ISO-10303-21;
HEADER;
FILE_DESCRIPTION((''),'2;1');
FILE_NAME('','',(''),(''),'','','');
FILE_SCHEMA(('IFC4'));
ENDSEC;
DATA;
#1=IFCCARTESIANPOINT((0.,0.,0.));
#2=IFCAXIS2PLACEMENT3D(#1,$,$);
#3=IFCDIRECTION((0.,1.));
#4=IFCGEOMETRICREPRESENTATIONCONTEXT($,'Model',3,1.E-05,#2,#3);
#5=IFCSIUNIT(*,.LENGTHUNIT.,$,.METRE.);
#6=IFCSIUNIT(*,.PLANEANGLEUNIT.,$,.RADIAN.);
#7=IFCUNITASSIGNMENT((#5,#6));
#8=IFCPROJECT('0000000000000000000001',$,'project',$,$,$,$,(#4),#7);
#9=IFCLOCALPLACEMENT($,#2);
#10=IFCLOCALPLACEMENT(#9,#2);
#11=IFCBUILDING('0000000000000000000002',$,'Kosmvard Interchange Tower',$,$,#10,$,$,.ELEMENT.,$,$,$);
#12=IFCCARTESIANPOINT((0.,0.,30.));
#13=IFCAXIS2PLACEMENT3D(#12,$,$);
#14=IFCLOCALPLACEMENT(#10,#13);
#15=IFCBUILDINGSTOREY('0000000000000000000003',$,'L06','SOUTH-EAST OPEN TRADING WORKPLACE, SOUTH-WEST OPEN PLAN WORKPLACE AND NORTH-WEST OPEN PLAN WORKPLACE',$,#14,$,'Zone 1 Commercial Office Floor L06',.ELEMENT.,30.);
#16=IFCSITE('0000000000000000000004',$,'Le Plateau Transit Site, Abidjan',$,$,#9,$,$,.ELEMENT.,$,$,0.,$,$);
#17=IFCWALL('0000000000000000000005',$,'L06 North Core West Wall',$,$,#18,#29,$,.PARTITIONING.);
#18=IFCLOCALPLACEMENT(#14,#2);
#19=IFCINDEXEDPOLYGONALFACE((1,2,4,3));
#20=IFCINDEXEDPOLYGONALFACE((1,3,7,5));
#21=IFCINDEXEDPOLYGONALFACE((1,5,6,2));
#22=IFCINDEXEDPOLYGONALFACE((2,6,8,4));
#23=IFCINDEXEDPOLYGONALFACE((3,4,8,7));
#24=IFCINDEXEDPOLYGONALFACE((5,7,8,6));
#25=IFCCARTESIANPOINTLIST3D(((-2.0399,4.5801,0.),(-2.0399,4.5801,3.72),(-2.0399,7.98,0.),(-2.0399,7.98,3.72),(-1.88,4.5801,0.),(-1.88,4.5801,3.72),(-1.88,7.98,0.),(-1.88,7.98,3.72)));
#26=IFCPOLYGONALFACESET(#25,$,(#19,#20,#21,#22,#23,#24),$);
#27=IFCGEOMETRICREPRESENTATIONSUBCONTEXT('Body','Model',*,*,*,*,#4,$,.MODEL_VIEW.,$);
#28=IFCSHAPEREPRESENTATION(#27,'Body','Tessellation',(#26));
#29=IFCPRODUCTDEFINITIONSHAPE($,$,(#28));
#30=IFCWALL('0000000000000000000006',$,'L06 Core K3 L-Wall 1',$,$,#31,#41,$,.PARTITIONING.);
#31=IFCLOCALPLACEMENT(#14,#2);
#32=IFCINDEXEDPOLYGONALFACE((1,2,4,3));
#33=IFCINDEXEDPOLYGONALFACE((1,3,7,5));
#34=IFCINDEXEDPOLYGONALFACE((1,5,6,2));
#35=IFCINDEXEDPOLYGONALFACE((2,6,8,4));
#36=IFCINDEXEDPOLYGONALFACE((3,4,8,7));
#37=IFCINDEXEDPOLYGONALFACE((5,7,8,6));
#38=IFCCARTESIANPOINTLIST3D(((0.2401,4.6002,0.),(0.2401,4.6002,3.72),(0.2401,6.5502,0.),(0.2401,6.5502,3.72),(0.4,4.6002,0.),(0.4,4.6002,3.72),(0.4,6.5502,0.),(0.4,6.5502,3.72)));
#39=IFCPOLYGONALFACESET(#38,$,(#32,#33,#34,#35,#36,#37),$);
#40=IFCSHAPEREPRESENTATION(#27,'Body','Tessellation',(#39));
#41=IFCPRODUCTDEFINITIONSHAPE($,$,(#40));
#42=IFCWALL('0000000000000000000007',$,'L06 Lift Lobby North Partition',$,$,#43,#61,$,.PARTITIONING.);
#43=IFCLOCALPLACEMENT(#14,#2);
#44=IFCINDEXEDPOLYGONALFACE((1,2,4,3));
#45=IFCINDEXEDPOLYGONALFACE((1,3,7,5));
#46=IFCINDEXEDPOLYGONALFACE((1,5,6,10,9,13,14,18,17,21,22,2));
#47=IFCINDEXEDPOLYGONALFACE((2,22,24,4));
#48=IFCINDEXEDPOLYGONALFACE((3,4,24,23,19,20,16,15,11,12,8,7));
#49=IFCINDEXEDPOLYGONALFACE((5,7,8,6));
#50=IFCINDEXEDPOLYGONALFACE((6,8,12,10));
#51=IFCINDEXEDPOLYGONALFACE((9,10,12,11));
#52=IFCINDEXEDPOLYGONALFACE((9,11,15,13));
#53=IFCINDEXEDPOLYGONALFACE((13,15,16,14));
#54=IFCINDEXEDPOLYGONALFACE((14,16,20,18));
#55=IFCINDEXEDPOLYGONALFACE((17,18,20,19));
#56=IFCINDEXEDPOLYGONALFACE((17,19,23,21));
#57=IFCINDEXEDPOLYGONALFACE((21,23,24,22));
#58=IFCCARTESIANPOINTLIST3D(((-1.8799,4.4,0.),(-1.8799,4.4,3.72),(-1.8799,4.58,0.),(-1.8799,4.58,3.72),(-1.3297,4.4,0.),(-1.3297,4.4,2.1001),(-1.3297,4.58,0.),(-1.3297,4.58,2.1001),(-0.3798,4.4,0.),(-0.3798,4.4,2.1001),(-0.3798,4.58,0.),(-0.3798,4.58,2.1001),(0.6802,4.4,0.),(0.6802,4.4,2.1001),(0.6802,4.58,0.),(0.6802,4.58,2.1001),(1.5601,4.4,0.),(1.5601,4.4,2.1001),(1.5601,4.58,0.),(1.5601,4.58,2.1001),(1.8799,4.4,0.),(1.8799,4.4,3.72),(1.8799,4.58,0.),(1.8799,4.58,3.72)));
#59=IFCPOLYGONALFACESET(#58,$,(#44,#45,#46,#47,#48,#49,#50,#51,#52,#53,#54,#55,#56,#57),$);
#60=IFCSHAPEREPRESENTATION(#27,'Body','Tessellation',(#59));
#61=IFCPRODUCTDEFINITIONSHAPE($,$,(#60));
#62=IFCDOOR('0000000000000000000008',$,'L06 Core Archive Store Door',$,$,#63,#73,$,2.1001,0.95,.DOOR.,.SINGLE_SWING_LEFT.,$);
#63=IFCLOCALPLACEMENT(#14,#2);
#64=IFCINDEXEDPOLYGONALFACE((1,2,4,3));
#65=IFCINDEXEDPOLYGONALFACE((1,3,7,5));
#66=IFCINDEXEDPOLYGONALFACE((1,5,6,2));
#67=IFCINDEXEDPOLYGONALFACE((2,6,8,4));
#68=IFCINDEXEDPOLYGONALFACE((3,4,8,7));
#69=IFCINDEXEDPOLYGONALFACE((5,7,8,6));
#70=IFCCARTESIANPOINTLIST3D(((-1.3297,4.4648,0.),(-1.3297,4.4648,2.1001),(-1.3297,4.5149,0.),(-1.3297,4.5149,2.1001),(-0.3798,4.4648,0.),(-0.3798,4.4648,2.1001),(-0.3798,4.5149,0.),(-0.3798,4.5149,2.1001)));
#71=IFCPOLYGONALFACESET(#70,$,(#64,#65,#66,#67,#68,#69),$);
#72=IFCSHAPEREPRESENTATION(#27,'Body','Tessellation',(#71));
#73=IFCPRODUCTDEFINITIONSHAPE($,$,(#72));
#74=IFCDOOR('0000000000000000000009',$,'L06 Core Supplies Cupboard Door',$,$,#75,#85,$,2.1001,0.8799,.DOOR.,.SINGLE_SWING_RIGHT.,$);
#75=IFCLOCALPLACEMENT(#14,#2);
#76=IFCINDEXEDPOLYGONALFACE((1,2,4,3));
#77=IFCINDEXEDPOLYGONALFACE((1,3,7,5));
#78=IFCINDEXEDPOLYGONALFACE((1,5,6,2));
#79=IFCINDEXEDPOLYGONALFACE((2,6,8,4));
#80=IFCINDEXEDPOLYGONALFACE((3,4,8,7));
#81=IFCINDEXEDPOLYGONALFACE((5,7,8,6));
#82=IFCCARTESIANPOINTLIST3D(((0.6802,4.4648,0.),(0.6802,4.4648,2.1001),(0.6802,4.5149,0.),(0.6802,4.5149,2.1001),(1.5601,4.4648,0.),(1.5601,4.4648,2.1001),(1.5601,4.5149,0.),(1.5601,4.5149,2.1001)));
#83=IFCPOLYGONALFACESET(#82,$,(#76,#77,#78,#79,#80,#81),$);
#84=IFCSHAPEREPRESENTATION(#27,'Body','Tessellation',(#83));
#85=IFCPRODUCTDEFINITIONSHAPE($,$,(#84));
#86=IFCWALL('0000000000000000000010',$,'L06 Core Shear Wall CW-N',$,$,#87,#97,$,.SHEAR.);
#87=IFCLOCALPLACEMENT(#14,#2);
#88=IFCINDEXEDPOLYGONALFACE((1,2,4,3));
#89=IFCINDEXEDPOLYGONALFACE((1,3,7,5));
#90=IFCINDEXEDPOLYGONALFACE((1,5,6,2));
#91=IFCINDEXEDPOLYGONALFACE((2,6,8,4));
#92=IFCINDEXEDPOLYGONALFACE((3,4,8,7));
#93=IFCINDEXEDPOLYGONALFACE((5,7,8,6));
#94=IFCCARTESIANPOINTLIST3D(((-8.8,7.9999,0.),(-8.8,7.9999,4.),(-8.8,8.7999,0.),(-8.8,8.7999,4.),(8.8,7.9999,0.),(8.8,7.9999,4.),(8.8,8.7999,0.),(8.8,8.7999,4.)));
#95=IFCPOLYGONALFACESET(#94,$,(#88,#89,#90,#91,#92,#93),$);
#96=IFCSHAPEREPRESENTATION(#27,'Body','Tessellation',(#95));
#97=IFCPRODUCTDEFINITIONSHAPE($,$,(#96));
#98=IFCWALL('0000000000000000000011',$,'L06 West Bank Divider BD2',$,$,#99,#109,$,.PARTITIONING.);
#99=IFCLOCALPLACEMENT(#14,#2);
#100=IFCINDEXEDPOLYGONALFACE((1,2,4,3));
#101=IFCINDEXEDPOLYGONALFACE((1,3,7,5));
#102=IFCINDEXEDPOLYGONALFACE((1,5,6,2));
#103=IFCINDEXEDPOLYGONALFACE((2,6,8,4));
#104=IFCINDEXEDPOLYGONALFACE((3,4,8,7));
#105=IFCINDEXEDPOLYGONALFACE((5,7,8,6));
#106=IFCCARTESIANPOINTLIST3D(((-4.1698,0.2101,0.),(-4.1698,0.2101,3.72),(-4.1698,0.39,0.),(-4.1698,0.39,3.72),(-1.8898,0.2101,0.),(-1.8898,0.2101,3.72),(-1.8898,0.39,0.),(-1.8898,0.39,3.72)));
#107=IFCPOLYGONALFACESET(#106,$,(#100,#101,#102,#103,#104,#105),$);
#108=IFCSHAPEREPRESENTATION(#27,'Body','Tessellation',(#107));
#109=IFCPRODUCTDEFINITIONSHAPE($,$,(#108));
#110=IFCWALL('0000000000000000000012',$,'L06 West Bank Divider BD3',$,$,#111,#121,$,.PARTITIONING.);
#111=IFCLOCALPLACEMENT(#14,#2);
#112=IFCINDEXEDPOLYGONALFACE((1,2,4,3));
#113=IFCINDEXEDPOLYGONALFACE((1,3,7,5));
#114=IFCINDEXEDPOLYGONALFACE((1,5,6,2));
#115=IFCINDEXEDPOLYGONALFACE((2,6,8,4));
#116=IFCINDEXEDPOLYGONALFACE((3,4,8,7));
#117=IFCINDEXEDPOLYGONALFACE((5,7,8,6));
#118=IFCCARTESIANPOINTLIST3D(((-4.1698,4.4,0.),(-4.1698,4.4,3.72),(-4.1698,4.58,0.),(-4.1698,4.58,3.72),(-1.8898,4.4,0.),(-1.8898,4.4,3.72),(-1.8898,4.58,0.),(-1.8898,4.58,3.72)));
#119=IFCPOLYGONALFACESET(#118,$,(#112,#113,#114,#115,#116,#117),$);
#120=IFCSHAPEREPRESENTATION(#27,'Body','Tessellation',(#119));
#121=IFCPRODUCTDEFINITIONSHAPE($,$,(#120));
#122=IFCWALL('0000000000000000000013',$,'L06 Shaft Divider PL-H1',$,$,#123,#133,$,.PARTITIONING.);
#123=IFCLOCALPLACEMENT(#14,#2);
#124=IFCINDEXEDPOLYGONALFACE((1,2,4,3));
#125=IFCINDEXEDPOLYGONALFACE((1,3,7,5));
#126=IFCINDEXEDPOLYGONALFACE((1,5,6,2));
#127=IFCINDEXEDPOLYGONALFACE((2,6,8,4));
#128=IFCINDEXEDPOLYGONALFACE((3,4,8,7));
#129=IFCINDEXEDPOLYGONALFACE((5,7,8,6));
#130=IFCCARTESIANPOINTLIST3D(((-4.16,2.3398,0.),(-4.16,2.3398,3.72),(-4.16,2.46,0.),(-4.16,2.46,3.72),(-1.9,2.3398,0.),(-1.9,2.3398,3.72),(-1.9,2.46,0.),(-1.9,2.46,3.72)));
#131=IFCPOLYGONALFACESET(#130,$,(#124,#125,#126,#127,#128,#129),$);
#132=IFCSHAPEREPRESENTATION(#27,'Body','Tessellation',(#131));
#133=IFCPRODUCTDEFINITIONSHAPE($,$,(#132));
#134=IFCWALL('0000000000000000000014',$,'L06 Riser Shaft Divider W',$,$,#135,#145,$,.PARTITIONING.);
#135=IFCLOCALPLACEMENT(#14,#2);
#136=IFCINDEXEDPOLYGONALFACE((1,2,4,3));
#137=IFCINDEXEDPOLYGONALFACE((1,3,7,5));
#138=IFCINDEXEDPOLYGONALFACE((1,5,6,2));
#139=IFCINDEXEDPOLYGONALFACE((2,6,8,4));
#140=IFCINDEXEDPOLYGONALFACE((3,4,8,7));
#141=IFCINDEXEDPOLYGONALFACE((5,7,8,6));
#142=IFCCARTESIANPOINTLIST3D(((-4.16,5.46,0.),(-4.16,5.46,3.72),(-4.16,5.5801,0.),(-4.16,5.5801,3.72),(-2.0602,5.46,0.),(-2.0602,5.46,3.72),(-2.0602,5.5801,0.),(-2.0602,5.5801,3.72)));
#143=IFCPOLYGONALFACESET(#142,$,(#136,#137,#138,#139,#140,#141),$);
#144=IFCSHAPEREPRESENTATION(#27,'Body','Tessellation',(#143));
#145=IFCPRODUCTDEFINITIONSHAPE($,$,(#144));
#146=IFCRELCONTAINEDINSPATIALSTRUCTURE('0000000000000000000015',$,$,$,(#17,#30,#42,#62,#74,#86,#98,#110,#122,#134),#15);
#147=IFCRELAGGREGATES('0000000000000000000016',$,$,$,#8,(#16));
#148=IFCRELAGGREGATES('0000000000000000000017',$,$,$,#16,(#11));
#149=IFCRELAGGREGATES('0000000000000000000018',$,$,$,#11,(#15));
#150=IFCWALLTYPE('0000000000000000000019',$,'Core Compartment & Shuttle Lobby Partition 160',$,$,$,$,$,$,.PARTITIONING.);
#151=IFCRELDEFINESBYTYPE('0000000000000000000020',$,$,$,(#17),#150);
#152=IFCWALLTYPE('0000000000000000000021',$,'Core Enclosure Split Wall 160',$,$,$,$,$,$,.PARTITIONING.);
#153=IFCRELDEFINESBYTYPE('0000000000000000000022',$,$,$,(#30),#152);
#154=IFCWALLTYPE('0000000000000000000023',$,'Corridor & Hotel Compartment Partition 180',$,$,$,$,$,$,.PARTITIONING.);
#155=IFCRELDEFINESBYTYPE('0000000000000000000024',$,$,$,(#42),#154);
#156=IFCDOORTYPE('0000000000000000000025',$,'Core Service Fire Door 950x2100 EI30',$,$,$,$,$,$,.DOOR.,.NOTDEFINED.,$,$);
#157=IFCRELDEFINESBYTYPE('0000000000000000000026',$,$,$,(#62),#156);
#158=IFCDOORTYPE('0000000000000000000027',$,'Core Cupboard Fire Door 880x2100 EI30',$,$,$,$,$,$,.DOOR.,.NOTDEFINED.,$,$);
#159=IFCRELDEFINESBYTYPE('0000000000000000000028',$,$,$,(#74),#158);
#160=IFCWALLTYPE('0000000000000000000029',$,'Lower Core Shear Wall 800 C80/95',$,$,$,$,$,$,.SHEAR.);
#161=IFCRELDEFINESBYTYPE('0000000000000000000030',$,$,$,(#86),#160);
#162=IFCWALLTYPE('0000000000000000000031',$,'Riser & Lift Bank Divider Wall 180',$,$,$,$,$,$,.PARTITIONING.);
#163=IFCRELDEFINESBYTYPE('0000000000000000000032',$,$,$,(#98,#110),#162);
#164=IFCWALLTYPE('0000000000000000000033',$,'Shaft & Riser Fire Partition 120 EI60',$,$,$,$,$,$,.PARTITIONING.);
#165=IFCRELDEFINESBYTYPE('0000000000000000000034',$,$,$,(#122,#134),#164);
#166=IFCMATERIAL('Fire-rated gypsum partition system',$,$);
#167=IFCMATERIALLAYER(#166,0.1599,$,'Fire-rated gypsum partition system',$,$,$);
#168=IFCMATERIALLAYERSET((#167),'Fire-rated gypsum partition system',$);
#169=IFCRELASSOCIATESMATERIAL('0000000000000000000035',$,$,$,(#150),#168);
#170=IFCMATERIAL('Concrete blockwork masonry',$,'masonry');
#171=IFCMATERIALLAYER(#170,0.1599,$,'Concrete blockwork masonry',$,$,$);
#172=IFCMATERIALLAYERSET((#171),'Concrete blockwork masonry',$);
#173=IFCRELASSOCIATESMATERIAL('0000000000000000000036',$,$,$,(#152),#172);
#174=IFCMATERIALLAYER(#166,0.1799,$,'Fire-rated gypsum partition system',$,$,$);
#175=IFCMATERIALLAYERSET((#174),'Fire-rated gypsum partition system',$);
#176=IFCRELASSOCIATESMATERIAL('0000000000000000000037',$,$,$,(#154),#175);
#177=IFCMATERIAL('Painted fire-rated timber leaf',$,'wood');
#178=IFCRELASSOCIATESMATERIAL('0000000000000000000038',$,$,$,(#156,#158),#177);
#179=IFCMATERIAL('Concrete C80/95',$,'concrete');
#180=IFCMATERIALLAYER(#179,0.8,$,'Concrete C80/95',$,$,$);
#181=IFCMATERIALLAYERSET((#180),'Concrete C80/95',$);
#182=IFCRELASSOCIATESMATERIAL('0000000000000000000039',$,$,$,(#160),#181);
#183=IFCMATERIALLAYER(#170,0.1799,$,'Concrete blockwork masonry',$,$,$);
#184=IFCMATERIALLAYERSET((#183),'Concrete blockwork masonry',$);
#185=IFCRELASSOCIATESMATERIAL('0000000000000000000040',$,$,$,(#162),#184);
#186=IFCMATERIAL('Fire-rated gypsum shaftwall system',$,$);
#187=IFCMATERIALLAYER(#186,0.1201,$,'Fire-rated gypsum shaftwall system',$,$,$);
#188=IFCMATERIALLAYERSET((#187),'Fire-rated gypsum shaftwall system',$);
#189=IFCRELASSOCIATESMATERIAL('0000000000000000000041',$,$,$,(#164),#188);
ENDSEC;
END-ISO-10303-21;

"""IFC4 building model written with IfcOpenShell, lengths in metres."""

from ifc_helpers import new_model, si_unit, direction, frame, frame_2d, origin, place, context, subcontext, project, spatial, rectangle, extrude, source, transform, mapped, material, layer, layer_set, type_object, element, fill, save


model = new_model("IFC4")

# Units and contexts
model_context = context("Model", 3, precision=1e-05, world=origin(), true_north=direction((0.0, 1.0)))
body_context = subcontext(model_context, "Body", "Model", "MODEL_VIEW")
ifc_project = project(units=[si_unit("LENGTHUNIT", "METRE"), si_unit("PLANEANGLEUNIT", "RADIAN")], contexts=[model_context])

# Site, building, storey
site_placement = place(None, origin())
site = spatial("IfcSite", under=ifc_project, at=site_placement, Name="Le Plateau Transit Site, Abidjan", CompositionType="ELEMENT", RefElevation=0.0)
building_placement = place(site_placement, origin())
building = spatial("IfcBuilding", under=site, at=building_placement, Name="Kosmvard Interchange Tower", CompositionType="ELEMENT")
storey_placement = place(building_placement, frame((0.0, 0.0, 30.0)))
storey = spatial("IfcBuildingStorey", under=building, at=storey_placement, Name="L06", Description="SOUTH-EAST OPEN TRADING WORKPLACE, SOUTH-WEST OPEN PLAN WORKPLACE AND NORTH-WEST OPEN PLAN WORKPLACE", LongName="Zone 1 Commercial Office Floor L06", CompositionType="ELEMENT", Elevation=30.0)

# Shared definitions
ifc_material_1 = material(Name="Concrete C80/95", Category="concrete")

# Walls
ifc_material_2 = material(Name="Fire-rated gypsum partition system")
ifc_layer_1 = layer(ifc_material_2, 0.1599, Name="Fire-rated gypsum partition system")
ifc_layer_set_1 = layer_set([ifc_layer_1], Name="Fire-rated gypsum partition system")
wall_type_1 = type_object("IfcWallType", Name="Core Compartment & Shuttle Lobby Partition 160", PredefinedType="PARTITIONING", material=ifc_layer_set_1)
wall_1_placement = place(storey_placement, frame((-1.96, 4.5801, 0.0), z_axis=(0.0, 0.0, 1.0), x_axis=(0.0, 1.0, 0.0)))
element("IfcWall", 1, at=wall_1_placement, inside=storey, type_object=wall_type_1, Name="L06 North Core West Wall", PredefinedType="PARTITIONING", context=body_context, shape_type="SweptSolid", body=[
    extrude(rectangle(XDim=3.3999, YDim=0.1599, at=frame_2d((1.7, 0.0))), origin(), (0.0, 0.0, 1.0), 3.72),
])
ifc_material_3 = material(Name="Concrete blockwork masonry", Category="masonry")
ifc_layer_2 = layer(ifc_material_3, 0.1599, Name="Concrete blockwork masonry")
ifc_layer_set_2 = layer_set([ifc_layer_2], Name="Concrete blockwork masonry")
wall_type_2 = type_object("IfcWallType", Name="Core Enclosure Split Wall 160", PredefinedType="PARTITIONING", material=ifc_layer_set_2)
wall_2_placement = place(storey_placement, frame((0.3201, 4.6001, 0.0), z_axis=(0.0, 0.0, 1.0), x_axis=(0.0, 1.0, 0.0)))
element("IfcWall", 2, at=wall_2_placement, inside=storey, type_object=wall_type_2, Name="L06 Core K3 L-Wall 1", PredefinedType="PARTITIONING", context=body_context, shape_type="SweptSolid", body=[
    extrude(rectangle(XDim=1.95, YDim=0.1599, at=frame_2d((0.9751, 0.0))), origin(), (0.0, 0.0, 1.0), 3.72),
])

# Wall, openings, doors
ifc_layer_3 = layer(ifc_material_2, 0.1799, Name="Fire-rated gypsum partition system")
ifc_layer_set_3 = layer_set([ifc_layer_3], Name="Fire-rated gypsum partition system")
wall_type_3 = type_object("IfcWallType", Name="Corridor & Hotel Compartment Partition 180", PredefinedType="PARTITIONING", material=ifc_layer_set_3)
wall_3_placement = place(storey_placement, frame((-1.8799, 4.49, 0.0), z_axis=(0.0, 0.0, 1.0), x_axis=(1.0, 0.0, 0.0)))
wall_3 = element("IfcWall", 3, at=wall_3_placement, inside=storey, type_object=wall_type_3, Name="L06 Lift Lobby North Partition", PredefinedType="PARTITIONING", context=body_context, shape_type="SweptSolid", body=[
    extrude(rectangle(XDim=3.7598, YDim=0.1799, at=frame_2d((1.8799, 0.0))), origin(), (0.0, 0.0, 1.0), 3.72),
])
opening_1_placement = place(wall_3_placement, frame((0.55, 0.0, 0.0)))
opening_1 = element("IfcOpeningElement", 4, at=opening_1_placement, cuts=wall_3, PredefinedType="OPENING", context=body_context, shape_type="SweptSolid", body=[
    extrude(rectangle(XDim=0.95, YDim=2.1001, at=frame_2d((0.4751, 1.05))), frame((0.0, 0.1001, 0.0), z_axis=(0.0, -1.0, 0.0), x_axis=(1.0, 0.0, 0.0)), (0.0, 0.0, 1.0), 0.2),
])
opening_2_placement = place(wall_3_placement, frame((2.5601, 0.0, 0.0)))
opening_2 = element("IfcOpeningElement", 5, at=opening_2_placement, cuts=wall_3, PredefinedType="OPENING", context=body_context, shape_type="SweptSolid", body=[
    extrude(rectangle(XDim=0.8799, YDim=2.1001, at=frame_2d((0.4399, 1.05))), frame((0.0, 0.1001, 0.0), z_axis=(0.0, -1.0, 0.0), x_axis=(1.0, 0.0, 0.0)), (0.0, 0.0, 1.0), 0.2),
])
ifc_material_4 = material(Name="Painted fire-rated timber leaf", Category="wood")
door_type_1 = type_object("IfcDoorType", Name="Core Service Fire Door 950x2100 EI30", OperationType="NOTDEFINED", PredefinedType="DOOR", material=ifc_material_4)
shared_shape_1 = source(origin(), body_context, "Body", "SweptSolid", [
    extrude(rectangle(XDim=0.95, YDim=2.1001, at=frame_2d((0.4751, 1.05))), frame((0.0, 0.0249, 0.0), z_axis=(0.0, -1.0, 0.0), x_axis=(1.0, 0.0, 0.0)), (0.0, 0.0, 1.0), 0.05),
])
door_1_placement = place(opening_1_placement, origin())
door_1 = element("IfcDoor", 6, at=door_1_placement, inside=storey, type_object=door_type_1, Name="L06 Core Archive Store Door", OperationType="SINGLE_SWING_LEFT", OverallHeight=2.1001, OverallWidth=0.95, PredefinedType="DOOR", context=body_context, shape_type="MappedRepresentation", body=[
    mapped(shared_shape_1, transform((0.0, 0.0, 0.0), scale=1.0)),
])
fill(opening_1, door_1)
door_type_2 = type_object("IfcDoorType", Name="Core Cupboard Fire Door 880x2100 EI30", OperationType="NOTDEFINED", PredefinedType="DOOR", material=ifc_material_4)
shared_shape_2 = source(origin(), body_context, "Body", "SweptSolid", [
    extrude(rectangle(XDim=0.8799, YDim=2.1001, at=frame_2d((0.4399, 1.05))), frame((0.0, 0.0249, 0.0), z_axis=(0.0, -1.0, 0.0), x_axis=(1.0, 0.0, 0.0)), (0.0, 0.0, 1.0), 0.05),
])
door_2_placement = place(opening_2_placement, origin())
door_2 = element("IfcDoor", 7, at=door_2_placement, inside=storey, type_object=door_type_2, Name="L06 Core Supplies Cupboard Door", OperationType="SINGLE_SWING_RIGHT", OverallHeight=2.1001, OverallWidth=0.8799, PredefinedType="DOOR", context=body_context, shape_type="MappedRepresentation", body=[
    mapped(shared_shape_2, transform((0.0, 0.0, 0.0), scale=1.0)),
])
fill(opening_2, door_2)

# Walls
ifc_layer_4 = layer(ifc_material_1, 0.8, Name="Concrete C80/95")
ifc_layer_set_4 = layer_set([ifc_layer_4], Name="Concrete C80/95")
wall_type_4 = type_object("IfcWallType", Name="Lower Core Shear Wall 800 C80/95", PredefinedType="SHEAR", material=ifc_layer_set_4)
wall_4_placement = place(storey_placement, frame((-8.8, 8.3999, 0.0), z_axis=(0.0, 0.0, 1.0), x_axis=(1.0, 0.0, 0.0)))
element("IfcWall", 8, at=wall_4_placement, inside=storey, type_object=wall_type_4, Name="L06 Core Shear Wall CW-N", PredefinedType="SHEAR", context=body_context, shape_type="SweptSolid", body=[
    extrude(rectangle(XDim=17.6001, YDim=0.8, at=frame_2d((8.8, 0.0))), origin(), (0.0, 0.0, 1.0), 4.0),
])
ifc_layer_5 = layer(ifc_material_3, 0.1799, Name="Concrete blockwork masonry")
ifc_layer_set_5 = layer_set([ifc_layer_5], Name="Concrete blockwork masonry")
wall_type_5 = type_object("IfcWallType", Name="Riser & Lift Bank Divider Wall 180", PredefinedType="PARTITIONING", material=ifc_layer_set_5)
for number, where, z_axis, x_axis, name in (
    (9, (-4.1699, 0.3, 0.0), (0.0, 0.0, 1.0), (1.0, 0.0, 0.0), "L06 West Bank Divider BD2"),
    (10, (-4.1699, 4.49, 0.0), (0.0, 0.0, 1.0), (1.0, 0.0, 0.0), "L06 West Bank Divider BD3"),
):
    element("IfcWall", number, at=place(storey_placement, frame(where, z_axis=z_axis, x_axis=x_axis)), inside=storey, type_object=wall_type_5, Name=name, PredefinedType="PARTITIONING", context=body_context, shape_type="SweptSolid", body=[
        extrude(rectangle(XDim=2.28, YDim=0.1799, at=frame_2d((1.1401, 0.0))), origin(), (0.0, 0.0, 1.0), 3.72),
    ])
ifc_material_5 = material(Name="Fire-rated gypsum shaftwall system")
ifc_layer_6 = layer(ifc_material_5, 0.1201, Name="Fire-rated gypsum shaftwall system")
ifc_layer_set_6 = layer_set([ifc_layer_6], Name="Fire-rated gypsum shaftwall system")
wall_type_6 = type_object("IfcWallType", Name="Shaft & Riser Fire Partition 120 EI60", PredefinedType="PARTITIONING", material=ifc_layer_set_6)
wall_5_placement = place(storey_placement, frame((-4.1599, 2.3999, 0.0), z_axis=(0.0, 0.0, 1.0), x_axis=(1.0, 0.0, 0.0)))
element("IfcWall", 11, at=wall_5_placement, inside=storey, type_object=wall_type_6, Name="L06 Shaft Divider PL-H1", PredefinedType="PARTITIONING", context=body_context, shape_type="SweptSolid", body=[
    extrude(rectangle(XDim=2.26, YDim=0.1201, at=frame_2d((1.1299, 0.0))), origin(), (0.0, 0.0, 1.0), 3.72),
])
wall_6_placement = place(storey_placement, frame((-4.1599, 5.52, 0.0), z_axis=(0.0, 0.0, 1.0), x_axis=(1.0, 0.0, 0.0)))
element("IfcWall", 12, at=wall_6_placement, inside=storey, type_object=wall_type_6, Name="L06 Riser Shaft Divider W", PredefinedType="PARTITIONING", context=body_context, shape_type="SweptSolid", body=[
    extrude(rectangle(XDim=2.0999, YDim=0.1201, at=frame_2d((1.0498, 0.0))), origin(), (0.0, 0.0, 1.0), 3.72),
])

save(model, "model.ifc")
